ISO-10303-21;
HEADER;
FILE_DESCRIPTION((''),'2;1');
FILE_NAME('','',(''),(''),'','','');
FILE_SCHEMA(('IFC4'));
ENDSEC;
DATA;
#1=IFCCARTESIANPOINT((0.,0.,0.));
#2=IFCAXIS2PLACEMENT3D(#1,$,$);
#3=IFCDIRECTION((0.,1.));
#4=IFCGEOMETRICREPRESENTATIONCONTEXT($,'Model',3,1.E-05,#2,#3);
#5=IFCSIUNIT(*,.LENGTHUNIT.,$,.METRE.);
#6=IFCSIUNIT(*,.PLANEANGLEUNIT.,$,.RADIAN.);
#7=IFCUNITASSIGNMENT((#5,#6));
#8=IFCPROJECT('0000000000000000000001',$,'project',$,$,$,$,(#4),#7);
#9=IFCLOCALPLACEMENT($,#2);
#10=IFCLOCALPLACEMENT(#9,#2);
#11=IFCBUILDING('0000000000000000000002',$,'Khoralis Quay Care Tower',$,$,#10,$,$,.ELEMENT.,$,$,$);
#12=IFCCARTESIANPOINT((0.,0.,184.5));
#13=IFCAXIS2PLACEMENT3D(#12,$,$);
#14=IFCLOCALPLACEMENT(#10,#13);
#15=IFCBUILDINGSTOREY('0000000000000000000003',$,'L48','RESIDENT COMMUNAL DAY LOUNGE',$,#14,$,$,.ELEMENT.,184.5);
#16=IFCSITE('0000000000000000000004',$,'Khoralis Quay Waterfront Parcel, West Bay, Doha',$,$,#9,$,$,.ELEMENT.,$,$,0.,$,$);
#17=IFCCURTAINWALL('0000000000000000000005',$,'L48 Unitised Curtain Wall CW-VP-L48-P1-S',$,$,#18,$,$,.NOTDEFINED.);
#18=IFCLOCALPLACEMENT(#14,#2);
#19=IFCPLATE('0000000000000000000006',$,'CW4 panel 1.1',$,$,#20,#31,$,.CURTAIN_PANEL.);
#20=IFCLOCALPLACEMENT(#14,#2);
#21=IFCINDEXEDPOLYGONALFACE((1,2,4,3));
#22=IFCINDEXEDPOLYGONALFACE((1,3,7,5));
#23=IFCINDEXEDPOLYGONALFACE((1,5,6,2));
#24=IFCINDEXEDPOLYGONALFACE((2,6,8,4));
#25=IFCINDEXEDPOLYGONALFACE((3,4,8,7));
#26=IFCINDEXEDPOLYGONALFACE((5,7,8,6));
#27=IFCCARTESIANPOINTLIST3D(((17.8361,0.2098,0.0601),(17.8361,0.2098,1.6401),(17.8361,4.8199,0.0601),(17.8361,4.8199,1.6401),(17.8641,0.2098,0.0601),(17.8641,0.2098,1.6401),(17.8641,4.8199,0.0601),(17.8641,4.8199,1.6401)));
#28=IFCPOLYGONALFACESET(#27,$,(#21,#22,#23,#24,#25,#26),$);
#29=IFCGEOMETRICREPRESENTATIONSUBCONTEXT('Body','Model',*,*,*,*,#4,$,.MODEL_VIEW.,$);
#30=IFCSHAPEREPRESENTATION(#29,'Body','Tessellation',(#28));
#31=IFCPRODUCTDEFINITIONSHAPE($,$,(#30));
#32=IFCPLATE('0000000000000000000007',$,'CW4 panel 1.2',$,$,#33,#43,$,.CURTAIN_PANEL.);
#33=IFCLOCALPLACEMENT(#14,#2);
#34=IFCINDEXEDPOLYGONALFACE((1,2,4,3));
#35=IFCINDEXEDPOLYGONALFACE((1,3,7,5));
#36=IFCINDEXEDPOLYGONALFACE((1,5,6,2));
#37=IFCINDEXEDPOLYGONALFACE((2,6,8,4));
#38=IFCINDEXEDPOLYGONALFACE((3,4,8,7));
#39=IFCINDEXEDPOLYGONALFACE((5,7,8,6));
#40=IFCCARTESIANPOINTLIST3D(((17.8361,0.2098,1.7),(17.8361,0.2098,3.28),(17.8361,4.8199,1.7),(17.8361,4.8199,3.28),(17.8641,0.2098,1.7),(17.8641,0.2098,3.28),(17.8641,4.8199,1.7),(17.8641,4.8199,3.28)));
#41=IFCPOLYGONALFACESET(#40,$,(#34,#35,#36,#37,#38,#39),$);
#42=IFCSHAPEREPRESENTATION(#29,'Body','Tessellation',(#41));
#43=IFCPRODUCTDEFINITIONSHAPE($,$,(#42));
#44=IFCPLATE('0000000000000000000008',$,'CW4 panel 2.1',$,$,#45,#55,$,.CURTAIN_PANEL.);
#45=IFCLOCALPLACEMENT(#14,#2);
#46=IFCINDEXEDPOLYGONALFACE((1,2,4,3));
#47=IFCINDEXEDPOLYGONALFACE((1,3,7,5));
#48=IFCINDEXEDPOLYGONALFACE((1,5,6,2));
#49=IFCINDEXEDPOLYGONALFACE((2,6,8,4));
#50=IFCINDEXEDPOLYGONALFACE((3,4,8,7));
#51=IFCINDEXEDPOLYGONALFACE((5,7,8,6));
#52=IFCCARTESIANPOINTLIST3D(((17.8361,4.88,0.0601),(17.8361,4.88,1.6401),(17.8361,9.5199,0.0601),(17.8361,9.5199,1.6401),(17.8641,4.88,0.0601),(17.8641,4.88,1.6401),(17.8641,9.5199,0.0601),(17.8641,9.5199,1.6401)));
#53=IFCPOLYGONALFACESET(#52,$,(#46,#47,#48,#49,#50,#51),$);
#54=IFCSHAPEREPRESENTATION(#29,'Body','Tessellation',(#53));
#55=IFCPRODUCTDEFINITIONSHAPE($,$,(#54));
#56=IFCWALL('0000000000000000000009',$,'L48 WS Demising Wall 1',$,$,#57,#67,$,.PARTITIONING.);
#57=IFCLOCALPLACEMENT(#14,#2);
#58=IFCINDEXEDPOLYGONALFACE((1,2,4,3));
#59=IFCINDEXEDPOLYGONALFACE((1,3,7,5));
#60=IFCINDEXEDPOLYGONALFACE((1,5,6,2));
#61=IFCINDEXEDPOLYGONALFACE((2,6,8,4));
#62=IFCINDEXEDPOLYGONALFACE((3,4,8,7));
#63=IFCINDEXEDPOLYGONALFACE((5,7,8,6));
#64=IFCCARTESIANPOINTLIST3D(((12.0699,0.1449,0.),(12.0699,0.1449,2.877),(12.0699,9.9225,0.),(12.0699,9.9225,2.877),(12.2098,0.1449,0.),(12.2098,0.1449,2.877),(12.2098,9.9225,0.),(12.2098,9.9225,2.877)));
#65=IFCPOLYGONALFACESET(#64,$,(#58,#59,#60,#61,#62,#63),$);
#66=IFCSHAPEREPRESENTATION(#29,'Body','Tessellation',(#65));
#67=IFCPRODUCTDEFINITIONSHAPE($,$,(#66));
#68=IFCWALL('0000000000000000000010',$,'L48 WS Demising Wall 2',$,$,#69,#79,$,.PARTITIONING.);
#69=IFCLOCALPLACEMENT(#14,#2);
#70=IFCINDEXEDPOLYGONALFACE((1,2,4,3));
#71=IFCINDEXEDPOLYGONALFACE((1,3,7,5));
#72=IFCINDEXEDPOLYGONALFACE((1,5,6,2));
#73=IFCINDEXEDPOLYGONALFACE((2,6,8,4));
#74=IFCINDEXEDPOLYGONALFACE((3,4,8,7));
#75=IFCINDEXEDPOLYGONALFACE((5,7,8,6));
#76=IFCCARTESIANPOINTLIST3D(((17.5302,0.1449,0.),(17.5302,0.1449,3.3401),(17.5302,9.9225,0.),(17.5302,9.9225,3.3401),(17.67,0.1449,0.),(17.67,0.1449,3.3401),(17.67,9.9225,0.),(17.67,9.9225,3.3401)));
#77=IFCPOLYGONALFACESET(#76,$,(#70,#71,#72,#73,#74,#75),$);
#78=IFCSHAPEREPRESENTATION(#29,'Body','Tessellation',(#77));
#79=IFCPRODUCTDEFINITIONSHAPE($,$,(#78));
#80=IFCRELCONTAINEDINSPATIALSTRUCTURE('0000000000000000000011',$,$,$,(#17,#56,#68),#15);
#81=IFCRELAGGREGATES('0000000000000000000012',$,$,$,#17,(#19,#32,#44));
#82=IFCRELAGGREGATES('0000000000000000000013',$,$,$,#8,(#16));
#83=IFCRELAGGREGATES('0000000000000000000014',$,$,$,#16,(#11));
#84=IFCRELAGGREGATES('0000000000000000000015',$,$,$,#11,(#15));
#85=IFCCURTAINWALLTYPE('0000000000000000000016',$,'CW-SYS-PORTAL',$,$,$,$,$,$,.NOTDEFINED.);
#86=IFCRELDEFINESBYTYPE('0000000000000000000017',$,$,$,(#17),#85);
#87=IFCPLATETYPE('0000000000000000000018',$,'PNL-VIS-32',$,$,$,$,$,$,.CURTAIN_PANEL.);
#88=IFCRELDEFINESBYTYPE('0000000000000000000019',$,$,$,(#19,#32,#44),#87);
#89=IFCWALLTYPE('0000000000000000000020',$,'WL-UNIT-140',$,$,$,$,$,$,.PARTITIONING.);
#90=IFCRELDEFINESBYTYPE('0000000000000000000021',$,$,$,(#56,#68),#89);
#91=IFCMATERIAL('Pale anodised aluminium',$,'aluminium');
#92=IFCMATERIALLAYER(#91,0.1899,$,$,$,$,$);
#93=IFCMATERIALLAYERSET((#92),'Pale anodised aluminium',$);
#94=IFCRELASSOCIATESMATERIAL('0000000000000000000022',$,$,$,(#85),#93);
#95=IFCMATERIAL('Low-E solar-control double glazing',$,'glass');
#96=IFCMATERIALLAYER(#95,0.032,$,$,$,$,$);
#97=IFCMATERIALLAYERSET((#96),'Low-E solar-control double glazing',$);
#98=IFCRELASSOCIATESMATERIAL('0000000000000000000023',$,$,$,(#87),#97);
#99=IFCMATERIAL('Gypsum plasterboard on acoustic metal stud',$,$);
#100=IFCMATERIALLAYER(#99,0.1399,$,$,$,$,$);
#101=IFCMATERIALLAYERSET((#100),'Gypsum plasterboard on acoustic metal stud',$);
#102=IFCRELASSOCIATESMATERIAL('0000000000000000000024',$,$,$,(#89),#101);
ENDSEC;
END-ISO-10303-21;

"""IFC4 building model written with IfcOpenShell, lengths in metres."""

from ifc_helpers import new_model, si_unit, direction, frame, frame_2d, origin, origin_2d, place, context, subcontext, project, spatial, rectangle, extrude, source, transform, mapped, material, layer, layer_set, type_object, element, aggregate, save


model = new_model("IFC4")

# Units and contexts
model_context = context("Model", 3, precision=1e-05, world=origin(), true_north=direction((0.0, 1.0)))
body_context = subcontext(model_context, "Body", "Model", "MODEL_VIEW")
ifc_project = project(units=[si_unit("LENGTHUNIT", "METRE"), si_unit("PLANEANGLEUNIT", "RADIAN")], contexts=[model_context])

# Site, building, storey
site_placement = place(None, origin())
site = spatial("IfcSite", under=ifc_project, at=site_placement, Name="Khoralis Quay Waterfront Parcel, West Bay, Doha", CompositionType="ELEMENT", RefElevation=0.0)
building_placement = place(site_placement, origin())
building = spatial("IfcBuilding", under=site, at=building_placement, Name="Khoralis Quay Care Tower", CompositionType="ELEMENT")
storey_placement = place(building_placement, frame((0.0, 0.0, 184.5)))
storey = spatial("IfcBuildingStorey", under=building, at=storey_placement, Name="L48", Description="RESIDENT COMMUNAL DAY LOUNGE", CompositionType="ELEMENT", Elevation=184.5)

# Curtain wall, plates
ifc_material_1 = material(Name="Pale anodised aluminium", Category="aluminium")
ifc_layer_1 = layer(ifc_material_1, 0.1899)
ifc_layer_set_1 = layer_set([ifc_layer_1], Name="Pale anodised aluminium")
curtain_wall_type = type_object("IfcCurtainWallType", Name="CW-SYS-PORTAL", PredefinedType="NOTDEFINED", material=ifc_layer_set_1)
curtain_wall_placement = place(storey_placement, origin())
curtain_wall = element("IfcCurtainWall", 1, at=curtain_wall_placement, inside=storey, type_object=curtain_wall_type, Name="L48 Unitised Curtain Wall CW-VP-L48-P1-S", PredefinedType="NOTDEFINED")
ifc_material_2 = material(Name="Low-E solar-control double glazing", Category="glass")
ifc_layer_2 = layer(ifc_material_2, 0.032)
ifc_layer_set_2 = layer_set([ifc_layer_2], Name="Low-E solar-control double glazing")
plate_type = type_object("IfcPlateType", Name="PNL-VIS-32", PredefinedType="CURTAIN_PANEL", material=ifc_layer_set_2)
shared_shape_1 = source(origin(), body_context, "Body", "SweptSolid", [
    extrude(rectangle(XDim=4.6101, YDim=0.0281, at=origin_2d()), origin(), (0.0, 0.0, 1.0), 1.5801),
])
plate_1_placement = place(storey_placement, frame((17.8501, 2.5149, 0.0601), z_axis=(0.0, 0.0, 1.0), x_axis=(0.0, 1.0, 0.0)))
plate_1 = element("IfcPlate", 2, at=plate_1_placement, type_object=plate_type, Name="CW4 panel 1.1", PredefinedType="CURTAIN_PANEL", context=body_context, shape_type="MappedRepresentation", body=[
    mapped(shared_shape_1, transform((0.0, 0.0, 0.0), scale=1.0)),
])
plate_2_placement = place(storey_placement, frame((17.8501, 2.5149, 1.7), z_axis=(0.0, 0.0, 1.0), x_axis=(0.0, 1.0, 0.0)))
plate_2 = element("IfcPlate", 3, at=plate_2_placement, type_object=plate_type, Name="CW4 panel 1.2", PredefinedType="CURTAIN_PANEL", context=body_context, shape_type="MappedRepresentation", body=[
    mapped(shared_shape_1, transform((0.0, 0.0, 0.0), scale=1.0)),
])
shared_shape_2 = source(origin(), body_context, "Body", "SweptSolid", [
    extrude(rectangle(XDim=4.6399, YDim=0.0281, at=origin_2d()), origin(), (0.0, 0.0, 1.0), 1.5801),
])
plate_3_placement = place(storey_placement, frame((17.8501, 7.2, 0.0601), z_axis=(0.0, 0.0, 1.0), x_axis=(0.0, 1.0, 0.0)))
plate_3 = element("IfcPlate", 4, at=plate_3_placement, type_object=plate_type, Name="CW4 panel 2.1", PredefinedType="CURTAIN_PANEL", context=body_context, shape_type="MappedRepresentation", body=[
    mapped(shared_shape_2, transform((0.0, 0.0, 0.0), scale=1.0)),
])
aggregate(curtain_wall, [plate_1, plate_2, plate_3])

# Walls
ifc_material_3 = material(Name="Gypsum plasterboard on acoustic metal stud")
ifc_layer_3 = layer(ifc_material_3, 0.1399)
ifc_layer_set_3 = layer_set([ifc_layer_3], Name="Gypsum plasterboard on acoustic metal stud")
wall_type = type_object("IfcWallType", Name="WL-UNIT-140", PredefinedType="PARTITIONING", material=ifc_layer_set_3)
wall_1_placement = place(storey_placement, frame((12.1399, 0.145, 0.0), z_axis=(0.0, 0.0, 1.0), x_axis=(0.0, 1.0, 0.0)))
element("IfcWall", 5, at=wall_1_placement, inside=storey, type_object=wall_type, Name="L48 WS Demising Wall 1", PredefinedType="PARTITIONING", context=body_context, shape_type="SweptSolid", body=[
    extrude(rectangle(XDim=9.7776, YDim=0.1399, at=frame_2d((4.8887, 0.0))), origin(), (0.0, 0.0, 1.0), 2.877),
])
wall_2_placement = place(storey_placement, frame((17.6001, 0.145, 0.0), z_axis=(0.0, 0.0, 1.0), x_axis=(0.0, 1.0, 0.0)))
element("IfcWall", 6, at=wall_2_placement, inside=storey, type_object=wall_type, Name="L48 WS Demising Wall 2", PredefinedType="PARTITIONING", context=body_context, shape_type="SweptSolid", body=[
    extrude(rectangle(XDim=9.7776, YDim=0.1399, at=frame_2d((4.8887, 0.0))), origin(), (0.0, 0.0, 1.0), 3.3401),
])

save(model, "model.ifc")
